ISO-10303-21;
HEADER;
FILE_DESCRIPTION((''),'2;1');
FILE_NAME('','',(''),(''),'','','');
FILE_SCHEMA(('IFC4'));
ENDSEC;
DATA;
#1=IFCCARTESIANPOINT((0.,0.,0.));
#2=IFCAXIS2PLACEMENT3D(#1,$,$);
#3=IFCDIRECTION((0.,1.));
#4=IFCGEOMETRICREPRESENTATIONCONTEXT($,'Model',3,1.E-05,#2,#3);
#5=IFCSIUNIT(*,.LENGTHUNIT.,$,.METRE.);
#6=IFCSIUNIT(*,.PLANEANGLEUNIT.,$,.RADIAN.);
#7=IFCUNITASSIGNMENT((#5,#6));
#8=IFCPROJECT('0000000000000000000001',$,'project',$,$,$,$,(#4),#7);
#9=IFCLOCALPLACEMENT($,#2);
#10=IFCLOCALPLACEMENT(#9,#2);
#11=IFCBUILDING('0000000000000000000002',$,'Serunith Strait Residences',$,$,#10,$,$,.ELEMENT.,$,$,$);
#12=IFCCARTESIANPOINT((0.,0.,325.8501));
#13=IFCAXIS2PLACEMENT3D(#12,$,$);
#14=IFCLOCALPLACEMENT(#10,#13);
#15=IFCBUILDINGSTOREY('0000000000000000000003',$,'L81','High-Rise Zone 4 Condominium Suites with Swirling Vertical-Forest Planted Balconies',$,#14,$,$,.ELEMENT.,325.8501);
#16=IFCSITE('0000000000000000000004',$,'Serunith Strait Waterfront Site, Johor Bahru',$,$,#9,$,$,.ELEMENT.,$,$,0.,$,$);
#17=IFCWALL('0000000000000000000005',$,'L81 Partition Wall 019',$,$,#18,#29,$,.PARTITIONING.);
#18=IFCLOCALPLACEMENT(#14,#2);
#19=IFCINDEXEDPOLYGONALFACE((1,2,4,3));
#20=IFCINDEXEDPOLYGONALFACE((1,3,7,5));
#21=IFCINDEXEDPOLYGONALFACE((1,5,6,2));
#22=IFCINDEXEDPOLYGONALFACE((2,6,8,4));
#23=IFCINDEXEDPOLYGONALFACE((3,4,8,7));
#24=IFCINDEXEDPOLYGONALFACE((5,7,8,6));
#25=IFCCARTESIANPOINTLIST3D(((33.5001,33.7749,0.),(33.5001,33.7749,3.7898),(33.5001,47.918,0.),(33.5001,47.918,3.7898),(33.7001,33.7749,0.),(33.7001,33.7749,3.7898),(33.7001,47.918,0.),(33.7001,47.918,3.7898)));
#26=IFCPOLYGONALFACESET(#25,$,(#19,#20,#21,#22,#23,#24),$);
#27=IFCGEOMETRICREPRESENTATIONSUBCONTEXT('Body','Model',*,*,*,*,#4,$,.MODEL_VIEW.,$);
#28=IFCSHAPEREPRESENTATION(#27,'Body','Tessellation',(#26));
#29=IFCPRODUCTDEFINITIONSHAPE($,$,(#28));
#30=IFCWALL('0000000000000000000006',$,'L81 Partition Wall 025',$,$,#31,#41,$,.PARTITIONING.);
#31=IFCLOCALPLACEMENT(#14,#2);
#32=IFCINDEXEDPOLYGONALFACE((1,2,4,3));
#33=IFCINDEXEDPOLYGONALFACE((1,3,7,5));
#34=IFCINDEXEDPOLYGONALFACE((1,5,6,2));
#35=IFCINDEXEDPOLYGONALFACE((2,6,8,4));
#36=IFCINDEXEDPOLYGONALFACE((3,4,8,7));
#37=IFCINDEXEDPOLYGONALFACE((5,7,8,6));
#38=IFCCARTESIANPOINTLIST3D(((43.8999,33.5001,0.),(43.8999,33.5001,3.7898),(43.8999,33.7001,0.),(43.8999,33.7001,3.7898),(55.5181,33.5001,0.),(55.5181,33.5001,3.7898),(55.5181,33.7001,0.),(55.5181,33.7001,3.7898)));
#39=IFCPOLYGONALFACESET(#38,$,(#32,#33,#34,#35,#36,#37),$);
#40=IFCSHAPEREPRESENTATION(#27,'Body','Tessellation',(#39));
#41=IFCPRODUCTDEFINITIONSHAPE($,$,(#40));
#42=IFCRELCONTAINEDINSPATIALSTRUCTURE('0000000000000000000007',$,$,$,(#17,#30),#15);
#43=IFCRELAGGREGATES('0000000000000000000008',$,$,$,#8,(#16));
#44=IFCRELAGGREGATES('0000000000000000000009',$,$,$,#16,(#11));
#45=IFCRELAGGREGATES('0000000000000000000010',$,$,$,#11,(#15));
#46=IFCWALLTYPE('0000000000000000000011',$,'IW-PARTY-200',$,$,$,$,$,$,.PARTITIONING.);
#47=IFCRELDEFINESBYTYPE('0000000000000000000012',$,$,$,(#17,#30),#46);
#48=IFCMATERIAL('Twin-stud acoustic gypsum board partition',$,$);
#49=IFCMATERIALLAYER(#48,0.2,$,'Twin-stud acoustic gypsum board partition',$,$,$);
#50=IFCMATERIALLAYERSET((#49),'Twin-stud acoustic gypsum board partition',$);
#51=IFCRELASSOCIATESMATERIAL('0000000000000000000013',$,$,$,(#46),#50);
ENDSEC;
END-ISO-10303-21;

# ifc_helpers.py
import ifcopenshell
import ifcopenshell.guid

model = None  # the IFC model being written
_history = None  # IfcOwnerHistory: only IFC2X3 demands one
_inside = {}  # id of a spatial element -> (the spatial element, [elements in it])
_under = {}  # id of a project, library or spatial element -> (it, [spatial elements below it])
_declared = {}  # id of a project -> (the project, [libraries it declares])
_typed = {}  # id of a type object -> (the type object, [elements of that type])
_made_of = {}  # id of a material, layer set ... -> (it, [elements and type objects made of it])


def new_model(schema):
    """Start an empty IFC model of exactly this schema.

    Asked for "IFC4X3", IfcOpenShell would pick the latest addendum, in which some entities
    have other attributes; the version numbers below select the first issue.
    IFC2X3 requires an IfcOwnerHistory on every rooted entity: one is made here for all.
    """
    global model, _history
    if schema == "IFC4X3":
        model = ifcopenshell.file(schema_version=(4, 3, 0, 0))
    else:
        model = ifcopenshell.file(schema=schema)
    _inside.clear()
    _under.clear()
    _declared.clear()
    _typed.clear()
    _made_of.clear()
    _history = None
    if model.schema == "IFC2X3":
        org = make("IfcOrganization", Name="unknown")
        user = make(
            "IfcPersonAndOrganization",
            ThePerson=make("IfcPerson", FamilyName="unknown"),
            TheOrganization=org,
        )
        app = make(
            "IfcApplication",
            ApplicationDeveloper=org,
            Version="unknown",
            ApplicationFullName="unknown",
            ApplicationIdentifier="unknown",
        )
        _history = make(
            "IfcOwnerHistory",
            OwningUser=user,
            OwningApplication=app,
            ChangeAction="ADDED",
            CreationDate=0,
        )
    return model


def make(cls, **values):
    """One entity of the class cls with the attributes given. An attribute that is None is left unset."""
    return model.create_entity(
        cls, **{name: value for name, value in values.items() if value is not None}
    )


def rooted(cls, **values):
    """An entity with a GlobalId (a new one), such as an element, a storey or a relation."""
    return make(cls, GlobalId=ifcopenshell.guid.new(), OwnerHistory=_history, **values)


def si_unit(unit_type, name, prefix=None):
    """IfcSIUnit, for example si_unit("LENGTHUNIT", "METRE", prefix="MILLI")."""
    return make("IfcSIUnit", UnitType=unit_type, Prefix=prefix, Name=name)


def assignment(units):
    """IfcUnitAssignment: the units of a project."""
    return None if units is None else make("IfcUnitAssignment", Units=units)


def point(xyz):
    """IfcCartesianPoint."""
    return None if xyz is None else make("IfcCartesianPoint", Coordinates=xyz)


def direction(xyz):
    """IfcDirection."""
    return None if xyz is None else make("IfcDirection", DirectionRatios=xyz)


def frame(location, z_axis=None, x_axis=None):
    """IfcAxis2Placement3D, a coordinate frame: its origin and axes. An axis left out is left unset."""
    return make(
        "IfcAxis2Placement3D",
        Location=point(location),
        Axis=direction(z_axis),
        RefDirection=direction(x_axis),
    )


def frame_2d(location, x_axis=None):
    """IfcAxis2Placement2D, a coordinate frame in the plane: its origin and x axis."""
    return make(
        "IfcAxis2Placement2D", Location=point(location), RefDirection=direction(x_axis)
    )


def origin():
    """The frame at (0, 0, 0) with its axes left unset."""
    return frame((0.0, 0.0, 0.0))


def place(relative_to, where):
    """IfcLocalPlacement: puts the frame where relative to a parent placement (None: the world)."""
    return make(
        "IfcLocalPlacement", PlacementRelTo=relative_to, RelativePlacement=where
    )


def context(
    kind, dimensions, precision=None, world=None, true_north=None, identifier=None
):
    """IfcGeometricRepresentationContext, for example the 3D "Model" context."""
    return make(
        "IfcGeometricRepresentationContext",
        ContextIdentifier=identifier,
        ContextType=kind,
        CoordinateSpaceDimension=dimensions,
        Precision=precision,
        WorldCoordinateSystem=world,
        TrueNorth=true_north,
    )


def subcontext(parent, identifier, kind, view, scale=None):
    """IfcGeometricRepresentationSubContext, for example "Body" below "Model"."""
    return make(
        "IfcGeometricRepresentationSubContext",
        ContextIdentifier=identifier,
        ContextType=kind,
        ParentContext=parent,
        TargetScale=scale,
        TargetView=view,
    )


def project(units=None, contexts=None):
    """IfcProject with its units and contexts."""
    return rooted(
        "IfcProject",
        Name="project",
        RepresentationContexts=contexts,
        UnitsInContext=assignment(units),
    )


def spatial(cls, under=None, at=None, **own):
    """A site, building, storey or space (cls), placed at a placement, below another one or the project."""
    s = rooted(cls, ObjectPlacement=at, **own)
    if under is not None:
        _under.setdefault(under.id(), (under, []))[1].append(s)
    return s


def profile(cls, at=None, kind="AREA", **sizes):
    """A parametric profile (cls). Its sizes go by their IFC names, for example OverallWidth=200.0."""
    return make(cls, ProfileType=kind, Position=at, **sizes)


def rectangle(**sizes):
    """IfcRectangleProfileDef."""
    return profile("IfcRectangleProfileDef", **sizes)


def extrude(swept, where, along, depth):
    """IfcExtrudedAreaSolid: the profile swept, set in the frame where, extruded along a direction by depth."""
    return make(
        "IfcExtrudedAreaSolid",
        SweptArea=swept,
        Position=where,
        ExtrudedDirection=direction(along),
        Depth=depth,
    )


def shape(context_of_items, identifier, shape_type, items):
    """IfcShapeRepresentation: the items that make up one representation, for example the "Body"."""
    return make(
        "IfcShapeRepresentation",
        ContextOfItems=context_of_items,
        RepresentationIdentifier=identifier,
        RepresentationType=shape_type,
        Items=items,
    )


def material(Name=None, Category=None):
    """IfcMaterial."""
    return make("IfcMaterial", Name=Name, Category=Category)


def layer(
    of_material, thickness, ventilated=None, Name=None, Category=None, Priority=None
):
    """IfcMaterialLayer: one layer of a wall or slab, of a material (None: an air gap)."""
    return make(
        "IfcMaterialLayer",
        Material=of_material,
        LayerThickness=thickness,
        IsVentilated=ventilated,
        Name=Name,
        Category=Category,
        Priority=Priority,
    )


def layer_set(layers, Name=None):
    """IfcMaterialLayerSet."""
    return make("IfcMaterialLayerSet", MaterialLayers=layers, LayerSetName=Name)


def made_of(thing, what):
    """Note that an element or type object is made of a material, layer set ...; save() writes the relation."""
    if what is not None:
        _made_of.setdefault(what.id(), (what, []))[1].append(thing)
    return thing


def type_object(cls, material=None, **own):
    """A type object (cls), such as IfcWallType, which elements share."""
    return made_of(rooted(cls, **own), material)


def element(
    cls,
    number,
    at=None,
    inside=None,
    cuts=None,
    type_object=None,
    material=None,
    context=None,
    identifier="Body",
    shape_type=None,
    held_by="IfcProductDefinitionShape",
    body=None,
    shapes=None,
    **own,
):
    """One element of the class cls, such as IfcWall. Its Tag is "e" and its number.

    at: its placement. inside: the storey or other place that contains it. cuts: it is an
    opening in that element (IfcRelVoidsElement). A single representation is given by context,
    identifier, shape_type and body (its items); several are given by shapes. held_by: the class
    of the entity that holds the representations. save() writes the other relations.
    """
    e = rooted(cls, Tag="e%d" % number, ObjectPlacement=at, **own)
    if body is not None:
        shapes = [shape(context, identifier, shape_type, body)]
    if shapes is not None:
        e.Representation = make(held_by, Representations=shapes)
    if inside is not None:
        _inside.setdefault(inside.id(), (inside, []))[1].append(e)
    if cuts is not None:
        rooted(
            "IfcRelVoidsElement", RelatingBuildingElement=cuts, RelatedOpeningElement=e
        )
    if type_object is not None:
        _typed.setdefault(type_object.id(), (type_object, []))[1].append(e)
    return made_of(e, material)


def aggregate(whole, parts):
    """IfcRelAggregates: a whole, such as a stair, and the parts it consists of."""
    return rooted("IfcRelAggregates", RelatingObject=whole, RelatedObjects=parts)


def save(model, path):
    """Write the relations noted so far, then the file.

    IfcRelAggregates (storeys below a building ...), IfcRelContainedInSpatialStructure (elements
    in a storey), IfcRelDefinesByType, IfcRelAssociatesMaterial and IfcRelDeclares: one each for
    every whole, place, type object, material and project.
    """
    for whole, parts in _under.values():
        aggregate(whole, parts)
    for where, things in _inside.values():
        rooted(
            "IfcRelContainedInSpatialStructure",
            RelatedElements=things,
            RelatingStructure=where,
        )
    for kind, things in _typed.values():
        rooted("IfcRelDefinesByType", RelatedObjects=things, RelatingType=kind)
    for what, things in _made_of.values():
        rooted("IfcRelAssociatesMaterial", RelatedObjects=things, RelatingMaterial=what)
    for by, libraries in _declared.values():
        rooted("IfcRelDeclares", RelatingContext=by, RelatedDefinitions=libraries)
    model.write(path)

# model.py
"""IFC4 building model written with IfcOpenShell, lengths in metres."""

from ifc_helpers import new_model, si_unit, direction, frame, frame_2d, origin, place, context, subcontext, project, spatial, rectangle, extrude, material, layer, layer_set, type_object, element, save


model = new_model("IFC4")

# Units and contexts
model_context = context("Model", 3, precision=1e-05, world=origin(), true_north=direction((0.0, 1.0)))
body_context = subcontext(model_context, "Body", "Model", "MODEL_VIEW")
ifc_project = project(units=[si_unit("LENGTHUNIT", "METRE"), si_unit("PLANEANGLEUNIT", "RADIAN")], contexts=[model_context])

# Site, building, storey
site_placement = place(None, origin())
site = spatial("IfcSite", under=ifc_project, at=site_placement, Name="Serunith Strait Waterfront Site, Johor Bahru", CompositionType="ELEMENT", RefElevation=0.0)
building_placement = place(site_placement, origin())
building = spatial("IfcBuilding", under=site, at=building_placement, Name="Serunith Strait Residences", CompositionType="ELEMENT")
storey_placement = place(building_placement, frame((0.0, 0.0, 325.8501)))
storey = spatial("IfcBuildingStorey", under=building, at=storey_placement, Name="L81", Description="High-Rise Zone 4 Condominium Suites with Swirling Vertical-Forest Planted Balconies", CompositionType="ELEMENT", Elevation=325.8501)

# Walls
ifc_material_1 = material(Name="Twin-stud acoustic gypsum board partition")
ifc_layer_1 = layer(ifc_material_1, 0.2, Name="Twin-stud acoustic gypsum board partition")
ifc_layer_set_1 = layer_set([ifc_layer_1], Name="Twin-stud acoustic gypsum board partition")
wall_type_1 = type_object("IfcWallType", Name="IW-PARTY-200", PredefinedType="PARTITIONING", material=ifc_layer_set_1)
wall_1_placement = place(storey_placement, frame((33.6001, 33.7749, 0.0), z_axis=(0.0, 0.0, 1.0), x_axis=(0.0, 1.0, 0.0)))
element("IfcWall", 1, at=wall_1_placement, inside=storey, type_object=wall_type_1, Name="L81 Partition Wall 019", PredefinedType="PARTITIONING", context=body_context, shape_type="SweptSolid", body=[
    extrude(rectangle(XDim=14.1431, YDim=0.2, at=frame_2d((7.0715, 0.0))), origin(), (0.0, 0.0, 1.0), 3.7898),
])
wall_2_placement = place(storey_placement, frame((43.8999, 33.6001, 0.0), z_axis=(0.0, 0.0, 1.0), x_axis=(1.0, 0.0, 0.0)))
element("IfcWall", 2, at=wall_2_placement, inside=storey, type_object=wall_type_1, Name="L81 Partition Wall 025", PredefinedType="PARTITIONING", context=body_context, shape_type="SweptSolid", body=[
    extrude(rectangle(XDim=11.6182, YDim=0.2, at=frame_2d((5.8091, 0.0))), origin(), (0.0, 0.0, 1.0), 3.7898),
])

save(model, "model.ifc")
